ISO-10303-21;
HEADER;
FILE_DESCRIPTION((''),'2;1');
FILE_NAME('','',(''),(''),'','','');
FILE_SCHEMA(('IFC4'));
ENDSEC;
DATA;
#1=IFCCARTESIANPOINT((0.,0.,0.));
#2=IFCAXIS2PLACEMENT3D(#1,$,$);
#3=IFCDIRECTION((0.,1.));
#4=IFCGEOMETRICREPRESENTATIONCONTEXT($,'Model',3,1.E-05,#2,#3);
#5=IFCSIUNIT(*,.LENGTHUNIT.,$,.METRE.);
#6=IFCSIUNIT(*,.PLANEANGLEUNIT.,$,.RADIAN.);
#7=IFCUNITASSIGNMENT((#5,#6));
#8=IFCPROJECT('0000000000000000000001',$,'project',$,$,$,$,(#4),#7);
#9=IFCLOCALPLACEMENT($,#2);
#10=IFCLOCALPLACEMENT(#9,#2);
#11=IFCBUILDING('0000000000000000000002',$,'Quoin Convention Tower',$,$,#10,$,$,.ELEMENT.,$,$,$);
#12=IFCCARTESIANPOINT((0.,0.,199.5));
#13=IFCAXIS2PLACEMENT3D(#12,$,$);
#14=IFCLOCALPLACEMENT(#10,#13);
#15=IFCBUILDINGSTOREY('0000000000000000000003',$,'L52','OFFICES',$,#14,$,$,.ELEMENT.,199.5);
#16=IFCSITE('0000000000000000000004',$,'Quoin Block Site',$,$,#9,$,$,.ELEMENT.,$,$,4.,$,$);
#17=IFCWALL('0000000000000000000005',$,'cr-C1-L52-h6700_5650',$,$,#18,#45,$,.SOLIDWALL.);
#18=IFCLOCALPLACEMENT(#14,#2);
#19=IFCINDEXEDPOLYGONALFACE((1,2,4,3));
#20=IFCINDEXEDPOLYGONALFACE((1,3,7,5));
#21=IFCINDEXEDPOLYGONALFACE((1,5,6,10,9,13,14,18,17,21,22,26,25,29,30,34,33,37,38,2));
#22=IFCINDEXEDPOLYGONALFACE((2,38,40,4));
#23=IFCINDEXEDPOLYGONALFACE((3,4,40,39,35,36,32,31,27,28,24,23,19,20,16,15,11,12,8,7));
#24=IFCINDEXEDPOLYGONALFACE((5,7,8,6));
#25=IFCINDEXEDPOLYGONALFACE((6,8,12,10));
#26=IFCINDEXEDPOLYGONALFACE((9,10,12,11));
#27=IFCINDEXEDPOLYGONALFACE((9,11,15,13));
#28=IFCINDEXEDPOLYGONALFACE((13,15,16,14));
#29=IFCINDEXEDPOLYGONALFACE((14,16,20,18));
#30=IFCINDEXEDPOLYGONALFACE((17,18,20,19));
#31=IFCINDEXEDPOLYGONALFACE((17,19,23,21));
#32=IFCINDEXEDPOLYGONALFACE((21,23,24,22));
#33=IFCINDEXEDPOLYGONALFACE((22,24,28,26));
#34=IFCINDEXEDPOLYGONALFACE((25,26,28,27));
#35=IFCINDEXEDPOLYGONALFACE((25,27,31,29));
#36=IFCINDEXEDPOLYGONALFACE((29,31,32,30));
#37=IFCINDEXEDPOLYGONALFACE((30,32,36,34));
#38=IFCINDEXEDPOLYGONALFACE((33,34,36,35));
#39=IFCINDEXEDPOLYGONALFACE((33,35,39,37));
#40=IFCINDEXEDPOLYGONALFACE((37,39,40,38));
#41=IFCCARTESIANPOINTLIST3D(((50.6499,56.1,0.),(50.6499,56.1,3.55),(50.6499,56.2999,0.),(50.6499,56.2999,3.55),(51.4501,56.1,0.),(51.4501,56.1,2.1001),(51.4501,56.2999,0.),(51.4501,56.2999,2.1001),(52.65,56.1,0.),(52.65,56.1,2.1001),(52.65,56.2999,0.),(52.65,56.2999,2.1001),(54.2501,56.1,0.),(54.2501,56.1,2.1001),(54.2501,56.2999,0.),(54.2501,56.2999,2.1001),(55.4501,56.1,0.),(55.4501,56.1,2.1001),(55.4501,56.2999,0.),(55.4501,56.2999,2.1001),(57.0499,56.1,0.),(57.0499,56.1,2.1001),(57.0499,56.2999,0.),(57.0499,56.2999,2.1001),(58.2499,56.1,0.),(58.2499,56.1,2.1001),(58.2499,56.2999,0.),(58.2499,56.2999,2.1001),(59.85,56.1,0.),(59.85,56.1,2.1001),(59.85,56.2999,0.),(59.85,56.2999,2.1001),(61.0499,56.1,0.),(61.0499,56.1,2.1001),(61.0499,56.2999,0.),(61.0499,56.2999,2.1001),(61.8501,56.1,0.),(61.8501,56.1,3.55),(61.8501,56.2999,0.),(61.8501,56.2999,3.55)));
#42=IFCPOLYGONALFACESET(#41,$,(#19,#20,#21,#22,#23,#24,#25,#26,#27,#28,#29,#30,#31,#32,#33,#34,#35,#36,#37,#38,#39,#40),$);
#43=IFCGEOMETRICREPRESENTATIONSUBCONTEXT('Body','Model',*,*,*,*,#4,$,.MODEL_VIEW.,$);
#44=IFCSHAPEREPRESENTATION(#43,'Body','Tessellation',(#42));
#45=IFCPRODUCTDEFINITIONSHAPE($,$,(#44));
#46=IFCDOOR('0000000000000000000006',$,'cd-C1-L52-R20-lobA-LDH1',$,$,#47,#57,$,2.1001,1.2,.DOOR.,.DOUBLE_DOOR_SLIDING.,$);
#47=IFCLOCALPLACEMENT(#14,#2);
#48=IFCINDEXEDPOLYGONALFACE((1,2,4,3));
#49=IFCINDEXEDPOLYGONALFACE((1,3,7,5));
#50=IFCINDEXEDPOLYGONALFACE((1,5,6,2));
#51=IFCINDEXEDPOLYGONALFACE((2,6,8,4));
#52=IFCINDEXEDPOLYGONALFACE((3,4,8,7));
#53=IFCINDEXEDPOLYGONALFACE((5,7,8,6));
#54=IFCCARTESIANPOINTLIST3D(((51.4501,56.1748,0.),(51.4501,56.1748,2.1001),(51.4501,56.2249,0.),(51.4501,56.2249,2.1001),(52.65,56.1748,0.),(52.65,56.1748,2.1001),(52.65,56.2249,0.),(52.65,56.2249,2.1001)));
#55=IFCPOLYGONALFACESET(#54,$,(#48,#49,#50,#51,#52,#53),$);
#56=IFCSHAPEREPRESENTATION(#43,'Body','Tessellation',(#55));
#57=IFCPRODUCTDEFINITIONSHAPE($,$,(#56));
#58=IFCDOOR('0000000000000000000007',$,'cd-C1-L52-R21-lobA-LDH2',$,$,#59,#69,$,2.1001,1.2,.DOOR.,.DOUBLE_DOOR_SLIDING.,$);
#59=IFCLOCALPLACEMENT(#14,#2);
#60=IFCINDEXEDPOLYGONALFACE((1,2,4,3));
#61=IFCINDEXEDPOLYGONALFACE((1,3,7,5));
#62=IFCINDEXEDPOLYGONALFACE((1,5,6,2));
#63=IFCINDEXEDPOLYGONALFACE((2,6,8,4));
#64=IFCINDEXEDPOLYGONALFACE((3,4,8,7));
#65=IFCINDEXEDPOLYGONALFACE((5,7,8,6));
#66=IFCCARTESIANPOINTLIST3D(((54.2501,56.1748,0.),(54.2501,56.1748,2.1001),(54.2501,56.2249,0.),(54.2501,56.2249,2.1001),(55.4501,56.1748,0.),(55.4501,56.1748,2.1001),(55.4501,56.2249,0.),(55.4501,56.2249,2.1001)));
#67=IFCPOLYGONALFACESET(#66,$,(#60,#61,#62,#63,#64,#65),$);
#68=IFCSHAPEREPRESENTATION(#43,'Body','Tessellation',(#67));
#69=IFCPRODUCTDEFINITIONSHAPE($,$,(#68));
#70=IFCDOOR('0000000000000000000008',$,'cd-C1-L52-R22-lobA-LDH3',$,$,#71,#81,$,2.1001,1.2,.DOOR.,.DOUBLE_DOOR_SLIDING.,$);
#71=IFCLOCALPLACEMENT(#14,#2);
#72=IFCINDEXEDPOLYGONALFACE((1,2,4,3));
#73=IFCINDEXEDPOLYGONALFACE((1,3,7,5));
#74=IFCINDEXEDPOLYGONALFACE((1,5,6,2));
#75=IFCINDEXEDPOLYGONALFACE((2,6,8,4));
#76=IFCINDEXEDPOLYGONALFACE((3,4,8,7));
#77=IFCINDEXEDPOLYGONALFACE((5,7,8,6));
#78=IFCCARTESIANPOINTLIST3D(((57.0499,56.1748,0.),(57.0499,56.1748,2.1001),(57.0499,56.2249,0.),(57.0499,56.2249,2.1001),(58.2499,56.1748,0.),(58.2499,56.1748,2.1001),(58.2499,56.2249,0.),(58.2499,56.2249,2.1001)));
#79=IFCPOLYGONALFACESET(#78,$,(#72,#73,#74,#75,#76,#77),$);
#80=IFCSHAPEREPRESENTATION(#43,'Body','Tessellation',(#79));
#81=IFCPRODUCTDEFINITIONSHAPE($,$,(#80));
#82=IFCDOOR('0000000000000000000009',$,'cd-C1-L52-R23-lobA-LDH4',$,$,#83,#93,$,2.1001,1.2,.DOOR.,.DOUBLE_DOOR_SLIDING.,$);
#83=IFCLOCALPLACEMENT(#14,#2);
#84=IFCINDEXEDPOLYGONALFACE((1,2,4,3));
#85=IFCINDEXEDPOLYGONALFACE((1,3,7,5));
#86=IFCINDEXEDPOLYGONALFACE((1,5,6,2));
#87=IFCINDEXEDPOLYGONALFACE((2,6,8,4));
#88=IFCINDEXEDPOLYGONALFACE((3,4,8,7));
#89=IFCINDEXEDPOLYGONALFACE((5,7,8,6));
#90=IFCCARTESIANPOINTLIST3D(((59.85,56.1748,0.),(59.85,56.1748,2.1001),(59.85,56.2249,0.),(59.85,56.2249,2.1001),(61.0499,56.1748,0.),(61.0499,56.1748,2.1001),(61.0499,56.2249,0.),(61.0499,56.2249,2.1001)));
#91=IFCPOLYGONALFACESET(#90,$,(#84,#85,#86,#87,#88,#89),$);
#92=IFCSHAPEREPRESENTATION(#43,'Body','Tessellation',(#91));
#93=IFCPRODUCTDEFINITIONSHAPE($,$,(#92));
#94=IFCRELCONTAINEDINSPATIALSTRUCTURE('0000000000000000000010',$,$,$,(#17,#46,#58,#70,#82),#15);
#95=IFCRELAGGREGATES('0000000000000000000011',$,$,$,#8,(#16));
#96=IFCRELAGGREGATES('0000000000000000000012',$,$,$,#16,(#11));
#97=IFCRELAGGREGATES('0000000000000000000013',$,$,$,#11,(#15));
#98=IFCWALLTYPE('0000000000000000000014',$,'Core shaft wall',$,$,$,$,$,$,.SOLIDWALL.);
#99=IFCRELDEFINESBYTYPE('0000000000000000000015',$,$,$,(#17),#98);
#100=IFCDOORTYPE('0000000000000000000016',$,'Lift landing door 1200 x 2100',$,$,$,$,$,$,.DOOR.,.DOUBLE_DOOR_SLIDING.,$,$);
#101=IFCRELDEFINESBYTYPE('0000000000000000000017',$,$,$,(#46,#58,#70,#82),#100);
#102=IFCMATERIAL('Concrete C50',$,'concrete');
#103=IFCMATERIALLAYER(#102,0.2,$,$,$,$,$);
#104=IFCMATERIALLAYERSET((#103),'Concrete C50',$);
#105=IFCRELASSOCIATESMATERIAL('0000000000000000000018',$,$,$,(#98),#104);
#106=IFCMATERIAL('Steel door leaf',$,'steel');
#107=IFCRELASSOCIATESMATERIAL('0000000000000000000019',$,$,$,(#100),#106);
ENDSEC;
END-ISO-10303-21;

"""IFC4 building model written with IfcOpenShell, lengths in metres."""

from ifc_helpers import new_model, si_unit, direction, frame, frame_2d, origin, place, context, subcontext, project, spatial, rectangle, extrude, material, layer, layer_set, type_object, element, fill, save


model = new_model("IFC4")

# Units and contexts
model_context = context("Model", 3, precision=1e-05, world=origin(), true_north=direction((0.0, 1.0)))
body_context = subcontext(model_context, "Body", "Model", "MODEL_VIEW")
ifc_project = project(units=[si_unit("LENGTHUNIT", "METRE"), si_unit("PLANEANGLEUNIT", "RADIAN")], contexts=[model_context])

# Site, building, storey
site_placement = place(None, origin())
site = spatial("IfcSite", under=ifc_project, at=site_placement, Name="Quoin Block Site", CompositionType="ELEMENT", RefElevation=4.0)
building_placement = place(site_placement, origin())
building = spatial("IfcBuilding", under=site, at=building_placement, Name="Quoin Convention Tower", CompositionType="ELEMENT")
storey_placement = place(building_placement, frame((0.0, 0.0, 199.5)))
storey = spatial("IfcBuildingStorey", under=building, at=storey_placement, Name="L52", Description="OFFICES", CompositionType="ELEMENT", Elevation=199.5)

# Wall, openings, doors
ifc_material_1 = material(Name="Steel door leaf", Category="steel")
ifc_material_2 = material(Name="Concrete C50", Category="concrete")
ifc_layer_1 = layer(ifc_material_2, 0.2)
ifc_layer_set_1 = layer_set([ifc_layer_1], Name="Concrete C50")
wall_type_1 = type_object("IfcWallType", Name="Core shaft wall", PredefinedType="SOLIDWALL", material=ifc_layer_set_1)
wall_1_placement = place(storey_placement, frame((50.6499, 56.2, 0.0), z_axis=(0.0, 0.0, 1.0), x_axis=(1.0, 0.0, 0.0)))
wall_1 = element("IfcWall", 1, at=wall_1_placement, inside=storey, type_object=wall_type_1, Name="cr-C1-L52-h6700_5650", PredefinedType="SOLIDWALL", context=body_context, shape_type="SweptSolid", body=[
    extrude(rectangle(XDim=11.2002, YDim=0.2, at=frame_2d((5.6001, 0.0))), origin(), (0.0, 0.0, 1.0), 3.55),
])
opening_1_placement = place(wall_1_placement, frame((0.8, 0.0, 0.0)))
opening_1 = element("IfcOpeningElement", 2, at=opening_1_placement, cuts=wall_1, PredefinedType="OPENING", context=body_context, shape_type="SweptSolid", body=[
    extrude(rectangle(XDim=1.2, YDim=2.1001, at=frame_2d((0.6001, 1.05))), frame((0.0, 0.1099, 0.0), z_axis=(0.0, -1.0, 0.0), x_axis=(1.0, 0.0, 0.0)), (0.0, 0.0, 1.0), 0.22),
])
opening_2_placement = place(wall_1_placement, frame((3.6001, 0.0, 0.0)))
opening_2 = element("IfcOpeningElement", 3, at=opening_2_placement, cuts=wall_1, PredefinedType="OPENING", context=body_context, shape_type="SweptSolid", body=[
    extrude(rectangle(XDim=1.2, YDim=2.1001, at=frame_2d((0.6001, 1.05))), frame((0.0, 0.1099, 0.0), z_axis=(0.0, -1.0, 0.0), x_axis=(1.0, 0.0, 0.0)), (0.0, 0.0, 1.0), 0.22),
])
opening_3_placement = place(wall_1_placement, frame((6.3999, 0.0, 0.0)))
opening_3 = element("IfcOpeningElement", 4, at=opening_3_placement, cuts=wall_1, PredefinedType="OPENING", context=body_context, shape_type="SweptSolid", body=[
    extrude(rectangle(XDim=1.2, YDim=2.1001, at=frame_2d((0.6001, 1.05))), frame((0.0, 0.1099, 0.0), z_axis=(0.0, -1.0, 0.0), x_axis=(1.0, 0.0, 0.0)), (0.0, 0.0, 1.0), 0.22),
])
opening_4_placement = place(wall_1_placement, frame((9.2, 0.0, 0.0)))
opening_4 = element("IfcOpeningElement", 5, at=opening_4_placement, cuts=wall_1, PredefinedType="OPENING", context=body_context, shape_type="SweptSolid", body=[
    extrude(rectangle(XDim=1.2, YDim=2.1001, at=frame_2d((0.6001, 1.05))), frame((0.0, 0.1099, 0.0), z_axis=(0.0, -1.0, 0.0), x_axis=(1.0, 0.0, 0.0)), (0.0, 0.0, 1.0), 0.22),
])
door_type_1 = type_object("IfcDoorType", Name="Lift landing door 1200 x 2100", OperationType="DOUBLE_DOOR_SLIDING", PredefinedType="DOOR", material=ifc_material_1)
door_1_placement = place(opening_1_placement, origin())
door_1 = element("IfcDoor", 6, at=door_1_placement, inside=storey, type_object=door_type_1, Name="cd-C1-L52-R20-lobA-LDH1", OperationType="DOUBLE_DOOR_SLIDING", OverallHeight=2.1001, OverallWidth=1.2, PredefinedType="DOOR", context=body_context, shape_type="SweptSolid", body=[
    extrude(rectangle(XDim=1.2, YDim=2.1001, at=frame_2d((0.6001, 1.05))), frame((0.0, 0.0249, 0.0), z_axis=(0.0, -1.0, 0.0), x_axis=(1.0, 0.0, 0.0)), (0.0, 0.0, 1.0), 0.05),
])
fill(opening_1, door_1)
door_2_placement = place(opening_2_placement, origin())
door_2 = element("IfcDoor", 7, at=door_2_placement, inside=storey, type_object=door_type_1, Name="cd-C1-L52-R21-lobA-LDH2", OperationType="DOUBLE_DOOR_SLIDING", OverallHeight=2.1001, OverallWidth=1.2, PredefinedType="DOOR", context=body_context, shape_type="SweptSolid", body=[
    extrude(rectangle(XDim=1.2, YDim=2.1001, at=frame_2d((0.6001, 1.05))), frame((0.0, 0.0249, 0.0), z_axis=(0.0, -1.0, 0.0), x_axis=(1.0, 0.0, 0.0)), (0.0, 0.0, 1.0), 0.05),
])
fill(opening_2, door_2)
door_3_placement = place(opening_3_placement, origin())
door_3 = element("IfcDoor", 8, at=door_3_placement, inside=storey, type_object=door_type_1, Name="cd-C1-L52-R22-lobA-LDH3", OperationType="DOUBLE_DOOR_SLIDING", OverallHeight=2.1001, OverallWidth=1.2, PredefinedType="DOOR", context=body_context, shape_type="SweptSolid", body=[
    extrude(rectangle(XDim=1.2, YDim=2.1001, at=frame_2d((0.6001, 1.05))), frame((0.0, 0.0249, 0.0), z_axis=(0.0, -1.0, 0.0), x_axis=(1.0, 0.0, 0.0)), (0.0, 0.0, 1.0), 0.05),
])
fill(opening_3, door_3)
door_4_placement = place(opening_4_placement, origin())
door_4 = element("IfcDoor", 9, at=door_4_placement, inside=storey, type_object=door_type_1, Name="cd-C1-L52-R23-lobA-LDH4", OperationType="DOUBLE_DOOR_SLIDING", OverallHeight=2.1001, OverallWidth=1.2, PredefinedType="DOOR", context=body_context, shape_type="SweptSolid", body=[
    extrude(rectangle(XDim=1.2, YDim=2.1001, at=frame_2d((0.6001, 1.05))), frame((0.0, 0.0249, 0.0), z_axis=(0.0, -1.0, 0.0), x_axis=(1.0, 0.0, 0.0)), (0.0, 0.0, 1.0), 0.05),
])
fill(opening_4, door_4)

save(model, "model.ifc")
